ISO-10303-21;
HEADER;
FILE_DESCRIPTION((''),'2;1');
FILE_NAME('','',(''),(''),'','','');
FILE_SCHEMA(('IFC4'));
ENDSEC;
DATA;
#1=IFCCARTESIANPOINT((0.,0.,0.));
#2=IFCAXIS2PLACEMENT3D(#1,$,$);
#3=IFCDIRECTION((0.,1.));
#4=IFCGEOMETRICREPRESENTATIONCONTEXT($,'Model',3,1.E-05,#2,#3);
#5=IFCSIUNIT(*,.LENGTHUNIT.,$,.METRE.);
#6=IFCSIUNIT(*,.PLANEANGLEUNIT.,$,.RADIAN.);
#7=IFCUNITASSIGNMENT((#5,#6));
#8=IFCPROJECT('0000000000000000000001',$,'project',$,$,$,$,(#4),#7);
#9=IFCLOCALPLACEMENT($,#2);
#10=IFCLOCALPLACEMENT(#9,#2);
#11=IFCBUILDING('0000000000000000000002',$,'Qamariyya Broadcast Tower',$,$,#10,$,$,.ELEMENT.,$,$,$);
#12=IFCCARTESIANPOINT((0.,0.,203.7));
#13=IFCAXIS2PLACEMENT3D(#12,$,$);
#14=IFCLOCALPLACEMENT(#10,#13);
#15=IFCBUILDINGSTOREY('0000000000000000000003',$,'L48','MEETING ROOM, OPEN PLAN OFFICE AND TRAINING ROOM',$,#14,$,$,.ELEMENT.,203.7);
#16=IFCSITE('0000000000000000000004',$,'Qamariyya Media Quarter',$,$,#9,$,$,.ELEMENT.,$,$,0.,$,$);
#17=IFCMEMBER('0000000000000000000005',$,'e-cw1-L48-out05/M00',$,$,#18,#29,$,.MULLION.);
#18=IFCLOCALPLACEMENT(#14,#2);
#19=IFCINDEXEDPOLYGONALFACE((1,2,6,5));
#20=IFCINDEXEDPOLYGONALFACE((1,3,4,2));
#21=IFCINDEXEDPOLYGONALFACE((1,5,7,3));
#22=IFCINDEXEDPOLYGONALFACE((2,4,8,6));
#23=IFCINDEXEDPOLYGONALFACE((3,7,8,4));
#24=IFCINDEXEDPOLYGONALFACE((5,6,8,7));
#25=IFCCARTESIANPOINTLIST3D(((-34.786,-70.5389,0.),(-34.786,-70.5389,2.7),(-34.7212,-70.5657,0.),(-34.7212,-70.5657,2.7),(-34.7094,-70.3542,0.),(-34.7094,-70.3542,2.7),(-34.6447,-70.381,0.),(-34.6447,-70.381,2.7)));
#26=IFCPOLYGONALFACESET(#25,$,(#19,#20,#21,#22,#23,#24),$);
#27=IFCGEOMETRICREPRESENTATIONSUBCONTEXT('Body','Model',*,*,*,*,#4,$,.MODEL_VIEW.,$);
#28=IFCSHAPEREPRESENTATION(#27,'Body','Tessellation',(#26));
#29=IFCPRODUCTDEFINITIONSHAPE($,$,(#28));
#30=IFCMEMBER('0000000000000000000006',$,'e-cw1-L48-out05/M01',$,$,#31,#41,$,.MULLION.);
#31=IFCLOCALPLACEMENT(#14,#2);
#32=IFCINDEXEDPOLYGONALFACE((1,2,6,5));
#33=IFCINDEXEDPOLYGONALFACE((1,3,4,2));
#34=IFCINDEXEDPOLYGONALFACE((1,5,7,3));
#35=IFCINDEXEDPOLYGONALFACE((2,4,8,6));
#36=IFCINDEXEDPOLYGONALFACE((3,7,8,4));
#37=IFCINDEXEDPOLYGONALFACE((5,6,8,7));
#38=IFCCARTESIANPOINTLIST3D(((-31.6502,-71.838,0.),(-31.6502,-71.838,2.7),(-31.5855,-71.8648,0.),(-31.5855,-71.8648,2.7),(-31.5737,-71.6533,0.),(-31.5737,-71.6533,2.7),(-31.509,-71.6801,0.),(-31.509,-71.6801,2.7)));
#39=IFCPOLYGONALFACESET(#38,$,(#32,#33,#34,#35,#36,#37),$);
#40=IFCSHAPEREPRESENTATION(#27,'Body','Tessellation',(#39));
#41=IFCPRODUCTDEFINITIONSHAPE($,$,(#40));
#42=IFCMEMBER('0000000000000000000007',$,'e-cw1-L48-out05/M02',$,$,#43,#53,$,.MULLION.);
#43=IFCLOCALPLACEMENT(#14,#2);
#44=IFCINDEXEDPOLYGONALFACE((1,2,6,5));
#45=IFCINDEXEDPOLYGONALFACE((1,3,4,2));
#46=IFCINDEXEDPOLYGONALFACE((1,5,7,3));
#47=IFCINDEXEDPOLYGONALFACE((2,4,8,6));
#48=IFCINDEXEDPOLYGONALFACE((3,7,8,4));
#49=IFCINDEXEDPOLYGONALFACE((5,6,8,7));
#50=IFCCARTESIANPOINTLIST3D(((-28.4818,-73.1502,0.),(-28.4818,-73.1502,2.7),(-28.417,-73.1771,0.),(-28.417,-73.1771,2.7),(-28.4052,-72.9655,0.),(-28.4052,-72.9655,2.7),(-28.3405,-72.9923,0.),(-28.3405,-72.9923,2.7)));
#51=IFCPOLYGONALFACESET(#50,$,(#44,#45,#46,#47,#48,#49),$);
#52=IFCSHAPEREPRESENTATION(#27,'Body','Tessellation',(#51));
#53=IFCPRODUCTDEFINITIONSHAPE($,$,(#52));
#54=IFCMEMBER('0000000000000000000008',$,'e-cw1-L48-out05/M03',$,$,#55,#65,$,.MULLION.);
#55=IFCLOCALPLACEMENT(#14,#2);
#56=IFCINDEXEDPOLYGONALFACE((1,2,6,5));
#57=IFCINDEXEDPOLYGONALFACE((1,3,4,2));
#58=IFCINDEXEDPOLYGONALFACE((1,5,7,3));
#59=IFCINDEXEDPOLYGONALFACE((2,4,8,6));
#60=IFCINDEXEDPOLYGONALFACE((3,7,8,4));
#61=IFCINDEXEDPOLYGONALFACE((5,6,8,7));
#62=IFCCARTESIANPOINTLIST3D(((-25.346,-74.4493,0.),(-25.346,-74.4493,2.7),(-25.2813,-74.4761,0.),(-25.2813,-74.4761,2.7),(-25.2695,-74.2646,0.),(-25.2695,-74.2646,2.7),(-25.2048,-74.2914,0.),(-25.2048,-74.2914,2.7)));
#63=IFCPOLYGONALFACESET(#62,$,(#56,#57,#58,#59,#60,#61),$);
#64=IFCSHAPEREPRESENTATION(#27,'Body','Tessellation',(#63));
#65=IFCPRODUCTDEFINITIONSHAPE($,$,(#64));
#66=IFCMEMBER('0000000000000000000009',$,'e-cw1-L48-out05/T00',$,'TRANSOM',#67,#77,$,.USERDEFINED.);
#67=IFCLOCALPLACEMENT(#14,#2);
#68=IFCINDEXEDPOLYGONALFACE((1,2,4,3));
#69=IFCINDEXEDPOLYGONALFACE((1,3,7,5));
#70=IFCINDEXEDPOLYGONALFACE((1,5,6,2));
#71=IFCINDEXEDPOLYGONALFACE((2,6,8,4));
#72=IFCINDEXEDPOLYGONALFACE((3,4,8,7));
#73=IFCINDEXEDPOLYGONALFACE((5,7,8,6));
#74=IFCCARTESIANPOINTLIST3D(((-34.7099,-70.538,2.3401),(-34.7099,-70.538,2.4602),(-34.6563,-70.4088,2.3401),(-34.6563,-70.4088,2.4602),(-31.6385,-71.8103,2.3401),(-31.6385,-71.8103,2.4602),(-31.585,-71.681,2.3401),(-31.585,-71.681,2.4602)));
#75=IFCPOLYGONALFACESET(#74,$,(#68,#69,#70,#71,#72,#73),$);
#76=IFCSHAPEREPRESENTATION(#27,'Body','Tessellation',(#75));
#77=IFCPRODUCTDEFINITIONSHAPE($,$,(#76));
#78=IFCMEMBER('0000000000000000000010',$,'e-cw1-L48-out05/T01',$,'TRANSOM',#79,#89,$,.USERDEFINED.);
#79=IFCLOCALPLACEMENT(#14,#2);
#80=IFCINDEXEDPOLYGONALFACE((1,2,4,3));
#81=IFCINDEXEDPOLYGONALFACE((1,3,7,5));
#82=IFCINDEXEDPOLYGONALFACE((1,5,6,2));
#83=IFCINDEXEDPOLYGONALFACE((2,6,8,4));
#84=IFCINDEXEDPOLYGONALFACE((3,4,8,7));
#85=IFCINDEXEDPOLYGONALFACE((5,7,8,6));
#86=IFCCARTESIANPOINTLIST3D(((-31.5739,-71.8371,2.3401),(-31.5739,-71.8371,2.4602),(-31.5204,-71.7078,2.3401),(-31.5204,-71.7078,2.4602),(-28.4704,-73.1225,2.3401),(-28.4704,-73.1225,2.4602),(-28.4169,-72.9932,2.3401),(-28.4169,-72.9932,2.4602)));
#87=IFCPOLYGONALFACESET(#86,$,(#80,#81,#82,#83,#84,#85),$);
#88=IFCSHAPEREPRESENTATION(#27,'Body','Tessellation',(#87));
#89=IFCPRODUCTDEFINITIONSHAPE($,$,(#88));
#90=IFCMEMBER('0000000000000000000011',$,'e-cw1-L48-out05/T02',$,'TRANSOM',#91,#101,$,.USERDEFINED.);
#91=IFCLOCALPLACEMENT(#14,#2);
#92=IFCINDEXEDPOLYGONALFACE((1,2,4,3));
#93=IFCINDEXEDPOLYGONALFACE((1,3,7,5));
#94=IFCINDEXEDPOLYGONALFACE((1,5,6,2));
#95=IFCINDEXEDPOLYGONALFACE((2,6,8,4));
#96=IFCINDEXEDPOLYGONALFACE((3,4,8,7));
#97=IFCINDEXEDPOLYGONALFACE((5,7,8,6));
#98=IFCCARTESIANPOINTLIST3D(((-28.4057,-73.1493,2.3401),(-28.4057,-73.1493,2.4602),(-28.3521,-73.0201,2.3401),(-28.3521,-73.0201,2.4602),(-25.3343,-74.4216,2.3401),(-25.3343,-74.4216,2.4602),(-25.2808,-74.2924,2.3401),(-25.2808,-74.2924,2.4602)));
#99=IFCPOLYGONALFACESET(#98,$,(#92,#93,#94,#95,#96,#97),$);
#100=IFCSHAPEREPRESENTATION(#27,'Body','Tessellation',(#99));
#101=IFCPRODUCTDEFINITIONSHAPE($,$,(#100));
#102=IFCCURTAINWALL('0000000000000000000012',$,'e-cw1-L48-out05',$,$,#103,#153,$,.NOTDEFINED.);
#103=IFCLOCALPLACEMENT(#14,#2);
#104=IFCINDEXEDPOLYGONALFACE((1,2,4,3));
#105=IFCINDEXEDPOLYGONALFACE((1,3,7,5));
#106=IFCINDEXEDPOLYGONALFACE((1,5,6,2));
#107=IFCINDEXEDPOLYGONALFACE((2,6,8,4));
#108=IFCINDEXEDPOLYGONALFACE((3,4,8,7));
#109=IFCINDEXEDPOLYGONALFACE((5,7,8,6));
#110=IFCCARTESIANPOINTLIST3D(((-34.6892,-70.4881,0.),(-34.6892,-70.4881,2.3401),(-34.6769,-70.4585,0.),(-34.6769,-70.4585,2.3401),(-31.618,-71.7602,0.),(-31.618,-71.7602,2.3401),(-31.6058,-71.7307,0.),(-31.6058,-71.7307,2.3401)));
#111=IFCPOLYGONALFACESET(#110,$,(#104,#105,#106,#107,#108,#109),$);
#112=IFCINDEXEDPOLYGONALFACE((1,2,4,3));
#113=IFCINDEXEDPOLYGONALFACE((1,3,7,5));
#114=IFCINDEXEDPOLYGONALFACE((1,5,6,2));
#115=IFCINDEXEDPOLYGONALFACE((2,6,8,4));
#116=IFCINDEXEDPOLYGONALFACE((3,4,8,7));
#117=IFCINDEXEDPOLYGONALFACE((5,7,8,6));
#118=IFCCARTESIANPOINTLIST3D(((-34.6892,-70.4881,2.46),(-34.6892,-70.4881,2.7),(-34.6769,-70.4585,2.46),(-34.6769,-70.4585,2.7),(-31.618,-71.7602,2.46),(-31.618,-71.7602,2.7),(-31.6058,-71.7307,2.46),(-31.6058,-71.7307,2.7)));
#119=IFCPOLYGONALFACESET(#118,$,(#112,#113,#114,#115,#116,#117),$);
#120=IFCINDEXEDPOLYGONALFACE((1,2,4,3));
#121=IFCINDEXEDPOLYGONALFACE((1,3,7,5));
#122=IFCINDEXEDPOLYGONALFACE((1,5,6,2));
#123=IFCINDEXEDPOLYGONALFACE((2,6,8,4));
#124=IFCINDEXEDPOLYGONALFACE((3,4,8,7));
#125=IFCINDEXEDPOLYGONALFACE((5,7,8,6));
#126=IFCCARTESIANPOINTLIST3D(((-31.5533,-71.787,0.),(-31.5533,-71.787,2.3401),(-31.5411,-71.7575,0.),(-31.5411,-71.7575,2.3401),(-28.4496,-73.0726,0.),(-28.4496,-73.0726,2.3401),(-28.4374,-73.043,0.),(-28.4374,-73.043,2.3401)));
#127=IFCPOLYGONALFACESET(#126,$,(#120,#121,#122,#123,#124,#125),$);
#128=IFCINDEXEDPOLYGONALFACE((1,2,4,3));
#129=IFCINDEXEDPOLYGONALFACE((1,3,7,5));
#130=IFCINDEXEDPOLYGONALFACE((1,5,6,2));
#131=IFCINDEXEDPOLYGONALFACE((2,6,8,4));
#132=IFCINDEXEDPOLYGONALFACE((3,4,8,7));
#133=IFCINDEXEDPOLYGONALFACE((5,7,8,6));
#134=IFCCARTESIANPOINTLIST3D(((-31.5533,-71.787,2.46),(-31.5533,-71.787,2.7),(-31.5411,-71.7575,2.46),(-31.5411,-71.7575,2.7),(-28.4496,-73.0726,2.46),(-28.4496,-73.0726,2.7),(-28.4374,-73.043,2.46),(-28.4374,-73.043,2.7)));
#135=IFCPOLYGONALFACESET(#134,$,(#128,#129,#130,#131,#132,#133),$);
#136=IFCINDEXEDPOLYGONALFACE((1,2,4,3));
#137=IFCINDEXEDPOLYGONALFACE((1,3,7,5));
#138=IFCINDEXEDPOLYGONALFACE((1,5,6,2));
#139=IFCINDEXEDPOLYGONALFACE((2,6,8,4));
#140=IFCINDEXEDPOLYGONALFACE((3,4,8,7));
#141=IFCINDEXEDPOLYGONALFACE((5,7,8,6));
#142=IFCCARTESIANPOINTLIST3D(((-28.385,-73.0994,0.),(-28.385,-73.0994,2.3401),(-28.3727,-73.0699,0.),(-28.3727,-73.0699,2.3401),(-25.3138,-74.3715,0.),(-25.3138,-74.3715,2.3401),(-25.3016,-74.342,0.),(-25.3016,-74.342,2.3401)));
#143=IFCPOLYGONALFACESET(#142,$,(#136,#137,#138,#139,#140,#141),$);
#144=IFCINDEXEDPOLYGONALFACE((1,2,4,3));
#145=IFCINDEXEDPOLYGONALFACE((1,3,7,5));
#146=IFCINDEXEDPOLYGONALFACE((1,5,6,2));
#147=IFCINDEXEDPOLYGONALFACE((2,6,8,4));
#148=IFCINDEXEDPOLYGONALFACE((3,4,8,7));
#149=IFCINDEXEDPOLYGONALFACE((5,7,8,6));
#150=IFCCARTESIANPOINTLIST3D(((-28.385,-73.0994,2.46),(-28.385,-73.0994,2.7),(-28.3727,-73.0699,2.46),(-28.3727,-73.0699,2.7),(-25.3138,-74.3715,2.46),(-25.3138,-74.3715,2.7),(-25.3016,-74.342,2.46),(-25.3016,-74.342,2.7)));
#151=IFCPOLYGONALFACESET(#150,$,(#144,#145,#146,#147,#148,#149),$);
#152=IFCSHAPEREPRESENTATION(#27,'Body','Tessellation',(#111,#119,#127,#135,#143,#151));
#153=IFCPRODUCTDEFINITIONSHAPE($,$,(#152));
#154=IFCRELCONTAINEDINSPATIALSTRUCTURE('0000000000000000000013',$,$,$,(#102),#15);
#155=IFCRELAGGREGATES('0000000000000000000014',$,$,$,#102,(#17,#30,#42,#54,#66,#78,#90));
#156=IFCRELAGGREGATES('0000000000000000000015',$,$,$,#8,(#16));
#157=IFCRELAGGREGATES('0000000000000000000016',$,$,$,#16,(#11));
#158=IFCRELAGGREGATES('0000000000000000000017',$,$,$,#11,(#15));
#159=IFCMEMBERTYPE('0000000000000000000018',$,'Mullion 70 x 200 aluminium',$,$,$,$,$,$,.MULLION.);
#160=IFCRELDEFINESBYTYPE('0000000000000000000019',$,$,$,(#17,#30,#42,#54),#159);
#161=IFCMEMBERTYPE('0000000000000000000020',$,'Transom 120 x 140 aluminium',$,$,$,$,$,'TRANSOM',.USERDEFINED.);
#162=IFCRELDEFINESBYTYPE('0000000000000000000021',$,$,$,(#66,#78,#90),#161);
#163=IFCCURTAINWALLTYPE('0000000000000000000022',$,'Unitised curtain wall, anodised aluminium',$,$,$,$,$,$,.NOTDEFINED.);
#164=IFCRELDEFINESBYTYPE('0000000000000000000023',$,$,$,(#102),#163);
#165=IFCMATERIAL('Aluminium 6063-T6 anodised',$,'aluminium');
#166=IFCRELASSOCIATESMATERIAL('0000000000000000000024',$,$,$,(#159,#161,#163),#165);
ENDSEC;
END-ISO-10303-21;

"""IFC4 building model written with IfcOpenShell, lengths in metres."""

from ifc_helpers import new_model, si_unit, direction, frame, origin, origin_2d, place, context, subcontext, project, spatial, rectangle, extrude, material, material_profile, profile_set, type_object, element, aggregate, save


model = new_model("IFC4")

# Units and contexts
model_context = context("Model", 3, precision=1e-05, world=origin(), true_north=direction((0.0, 1.0)))
body_context = subcontext(model_context, "Body", "Model", "MODEL_VIEW")
ifc_project = project(units=[si_unit("LENGTHUNIT", "METRE"), si_unit("PLANEANGLEUNIT", "RADIAN")], contexts=[model_context])

# Members
ifc_material = material(Name="Aluminium 6063-T6 anodised", Category="aluminium")
ifc_material_profile_1 = material_profile(ifc_material, rectangle(XDim=0.2, YDim=0.0701, at=origin_2d()))
ifc_profile_set_1 = profile_set([ifc_material_profile_1], Name="Aluminium 6063-T6 anodised")
member_type_1 = type_object("IfcMemberType", Name="Mullion 70 x 200 aluminium", PredefinedType="MULLION", material=ifc_profile_set_1)
site_placement = place(None, origin())
building_placement = place(site_placement, origin())
storey_placement = place(building_placement, frame((0.0, 0.0, 203.7)))
member_1_placement = place(storey_placement, frame((-34.7153, -70.46, 0.0), z_axis=(0.0, 0.0, 1.0), x_axis=(0.382683, 0.92388, 0.0)))
member_1 = element("IfcMember", 1, at=member_1_placement, type_object=member_type_1, Name="e-cw1-L48-out05/M00", PredefinedType="MULLION", context=body_context, shape_type="SweptSolid", body=[
    extrude(rectangle(XDim=0.2, YDim=0.0701, at=origin_2d()), origin(), (0.0, 0.0, 1.0), 2.7),
])
member_2_placement = place(storey_placement, frame((-31.5796, -71.759, 0.0), z_axis=(0.0, 0.0, 1.0), x_axis=(0.382683, 0.92388, 0.0)))
member_2 = element("IfcMember", 2, at=member_2_placement, type_object=member_type_1, Name="e-cw1-L48-out05/M01", PredefinedType="MULLION", context=body_context, shape_type="SweptSolid", body=[
    extrude(rectangle(XDim=0.2, YDim=0.0701, at=origin_2d()), origin(), (0.0, 0.0, 1.0), 2.7),
])
member_3_placement = place(storey_placement, frame((-28.4111, -73.0713, 0.0), z_axis=(0.0, 0.0, 1.0), x_axis=(0.382683, 0.92388, 0.0)))
member_3 = element("IfcMember", 3, at=member_3_placement, type_object=member_type_1, Name="e-cw1-L48-out05/M02", PredefinedType="MULLION", context=body_context, shape_type="SweptSolid", body=[
    extrude(rectangle(XDim=0.2, YDim=0.0701, at=origin_2d()), origin(), (0.0, 0.0, 1.0), 2.7),
])
member_4_placement = place(storey_placement, frame((-25.2754, -74.3704, 0.0), z_axis=(0.0, 0.0, 1.0), x_axis=(0.382683, 0.92388, 0.0)))
member_4 = element("IfcMember", 4, at=member_4_placement, type_object=member_type_1, Name="e-cw1-L48-out05/M03", PredefinedType="MULLION", context=body_context, shape_type="SweptSolid", body=[
    extrude(rectangle(XDim=0.2, YDim=0.0701, at=origin_2d()), origin(), (0.0, 0.0, 1.0), 2.7),
])
ifc_material_profile_2 = material_profile(ifc_material, rectangle(XDim=0.1399, YDim=0.1201, at=origin_2d()))
ifc_profile_set_2 = profile_set([ifc_material_profile_2], Name="Aluminium 6063-T6 anodised")
member_type_2 = type_object("IfcMemberType", Name="Transom 120 x 140 aluminium", ElementType="TRANSOM", PredefinedType="USERDEFINED", material=ifc_profile_set_2)
member_5_placement = place(storey_placement, frame((-34.6831, -70.4734, 2.4001), z_axis=(0.923875, -0.382696, 0.0), x_axis=(0.382696, 0.923875, 0.0)))
member_5 = element("IfcMember", 5, at=member_5_placement, type_object=member_type_2, Name="e-cw1-L48-out05/T00", ObjectType="TRANSOM", PredefinedType="USERDEFINED", context=body_context, shape_type="SweptSolid", body=[
    extrude(rectangle(XDim=0.1399, YDim=0.1201, at=origin_2d()), origin(), (0.0, 0.0, 1.0), 3.3245),
])
member_6_placement = place(storey_placement, frame((-31.5471, -71.7725, 2.4001), z_axis=(0.923892, -0.382653, 0.0), x_axis=(0.382653, 0.923892, 0.0)))
member_6 = element("IfcMember", 6, at=member_6_placement, type_object=member_type_2, Name="e-cw1-L48-out05/T01", ObjectType="TRANSOM", PredefinedType="USERDEFINED", context=body_context, shape_type="SweptSolid", body=[
    extrude(rectangle(XDim=0.1399, YDim=0.1201, at=origin_2d()), origin(), (0.0, 0.0, 1.0), 3.3591),
])
member_7_placement = place(storey_placement, frame((-28.3789, -73.0847, 2.4001), z_axis=(0.923875, -0.382696, 0.0), x_axis=(0.382696, 0.923875, 0.0)))
member_7 = element("IfcMember", 7, at=member_7_placement, type_object=member_type_2, Name="e-cw1-L48-out05/T02", ObjectType="TRANSOM", PredefinedType="USERDEFINED", context=body_context, shape_type="SweptSolid", body=[
    extrude(rectangle(XDim=0.1399, YDim=0.1201, at=origin_2d()), origin(), (0.0, 0.0, 1.0), 3.3245),
])

# Site, building, storey
site = spatial("IfcSite", under=ifc_project, at=site_placement, Name="Qamariyya Media Quarter", CompositionType="ELEMENT", RefElevation=0.0)
building = spatial("IfcBuilding", under=site, at=building_placement, Name="Qamariyya Broadcast Tower", CompositionType="ELEMENT")
storey = spatial("IfcBuildingStorey", under=building, at=storey_placement, Name="L48", Description="MEETING ROOM, OPEN PLAN OFFICE AND TRAINING ROOM", CompositionType="ELEMENT", Elevation=203.7)

# Curtain wall
curtain_wall_type = type_object("IfcCurtainWallType", Name="Unitised curtain wall, anodised aluminium", PredefinedType="NOTDEFINED", material=ifc_material)
curtain_wall_1_placement = place(storey_placement, origin())
curtain_wall_1 = element("IfcCurtainWall", 8, at=curtain_wall_1_placement, inside=storey, type_object=curtain_wall_type, Name="e-cw1-L48-out05", PredefinedType="NOTDEFINED", context=body_context, shape_type="SweptSolid", body=[
    extrude(rectangle(XDim=3.3242, YDim=0.032, at=origin_2d()), frame((-33.1475, -71.1094, 0.0), x_axis=(0.923881, -0.38268, 0.0)), (0.0, 0.0, 1.0), 2.3401),
    extrude(rectangle(XDim=3.3242, YDim=0.032, at=origin_2d()), frame((-33.1475, -71.1094, 2.46), x_axis=(0.923881, -0.38268, 0.0)), (0.0, 0.0, 1.0), 0.24),
    extrude(rectangle(XDim=3.3594, YDim=0.032, at=origin_2d()), frame((-29.9954, -72.415, 0.0), x_axis=(0.923881, -0.38268, 0.0)), (0.0, 0.0, 1.0), 2.3401),
    extrude(rectangle(XDim=3.3594, YDim=0.032, at=origin_2d()), frame((-29.9954, -72.415, 2.46), x_axis=(0.923881, -0.38268, 0.0)), (0.0, 0.0, 1.0), 0.24),
    extrude(rectangle(XDim=3.3242, YDim=0.032, at=origin_2d()), frame((-26.8433, -73.7207, 0.0), x_axis=(0.923881, -0.38268, 0.0)), (0.0, 0.0, 1.0), 2.3401),
    extrude(rectangle(XDim=3.3242, YDim=0.032, at=origin_2d()), frame((-26.8433, -73.7207, 2.46), x_axis=(0.923881, -0.38268, 0.0)), (0.0, 0.0, 1.0), 0.24),
])
aggregate(curtain_wall_1, [member_1, member_2, member_3, member_4, member_5, member_6, member_7])

save(model, "model.ifc")
